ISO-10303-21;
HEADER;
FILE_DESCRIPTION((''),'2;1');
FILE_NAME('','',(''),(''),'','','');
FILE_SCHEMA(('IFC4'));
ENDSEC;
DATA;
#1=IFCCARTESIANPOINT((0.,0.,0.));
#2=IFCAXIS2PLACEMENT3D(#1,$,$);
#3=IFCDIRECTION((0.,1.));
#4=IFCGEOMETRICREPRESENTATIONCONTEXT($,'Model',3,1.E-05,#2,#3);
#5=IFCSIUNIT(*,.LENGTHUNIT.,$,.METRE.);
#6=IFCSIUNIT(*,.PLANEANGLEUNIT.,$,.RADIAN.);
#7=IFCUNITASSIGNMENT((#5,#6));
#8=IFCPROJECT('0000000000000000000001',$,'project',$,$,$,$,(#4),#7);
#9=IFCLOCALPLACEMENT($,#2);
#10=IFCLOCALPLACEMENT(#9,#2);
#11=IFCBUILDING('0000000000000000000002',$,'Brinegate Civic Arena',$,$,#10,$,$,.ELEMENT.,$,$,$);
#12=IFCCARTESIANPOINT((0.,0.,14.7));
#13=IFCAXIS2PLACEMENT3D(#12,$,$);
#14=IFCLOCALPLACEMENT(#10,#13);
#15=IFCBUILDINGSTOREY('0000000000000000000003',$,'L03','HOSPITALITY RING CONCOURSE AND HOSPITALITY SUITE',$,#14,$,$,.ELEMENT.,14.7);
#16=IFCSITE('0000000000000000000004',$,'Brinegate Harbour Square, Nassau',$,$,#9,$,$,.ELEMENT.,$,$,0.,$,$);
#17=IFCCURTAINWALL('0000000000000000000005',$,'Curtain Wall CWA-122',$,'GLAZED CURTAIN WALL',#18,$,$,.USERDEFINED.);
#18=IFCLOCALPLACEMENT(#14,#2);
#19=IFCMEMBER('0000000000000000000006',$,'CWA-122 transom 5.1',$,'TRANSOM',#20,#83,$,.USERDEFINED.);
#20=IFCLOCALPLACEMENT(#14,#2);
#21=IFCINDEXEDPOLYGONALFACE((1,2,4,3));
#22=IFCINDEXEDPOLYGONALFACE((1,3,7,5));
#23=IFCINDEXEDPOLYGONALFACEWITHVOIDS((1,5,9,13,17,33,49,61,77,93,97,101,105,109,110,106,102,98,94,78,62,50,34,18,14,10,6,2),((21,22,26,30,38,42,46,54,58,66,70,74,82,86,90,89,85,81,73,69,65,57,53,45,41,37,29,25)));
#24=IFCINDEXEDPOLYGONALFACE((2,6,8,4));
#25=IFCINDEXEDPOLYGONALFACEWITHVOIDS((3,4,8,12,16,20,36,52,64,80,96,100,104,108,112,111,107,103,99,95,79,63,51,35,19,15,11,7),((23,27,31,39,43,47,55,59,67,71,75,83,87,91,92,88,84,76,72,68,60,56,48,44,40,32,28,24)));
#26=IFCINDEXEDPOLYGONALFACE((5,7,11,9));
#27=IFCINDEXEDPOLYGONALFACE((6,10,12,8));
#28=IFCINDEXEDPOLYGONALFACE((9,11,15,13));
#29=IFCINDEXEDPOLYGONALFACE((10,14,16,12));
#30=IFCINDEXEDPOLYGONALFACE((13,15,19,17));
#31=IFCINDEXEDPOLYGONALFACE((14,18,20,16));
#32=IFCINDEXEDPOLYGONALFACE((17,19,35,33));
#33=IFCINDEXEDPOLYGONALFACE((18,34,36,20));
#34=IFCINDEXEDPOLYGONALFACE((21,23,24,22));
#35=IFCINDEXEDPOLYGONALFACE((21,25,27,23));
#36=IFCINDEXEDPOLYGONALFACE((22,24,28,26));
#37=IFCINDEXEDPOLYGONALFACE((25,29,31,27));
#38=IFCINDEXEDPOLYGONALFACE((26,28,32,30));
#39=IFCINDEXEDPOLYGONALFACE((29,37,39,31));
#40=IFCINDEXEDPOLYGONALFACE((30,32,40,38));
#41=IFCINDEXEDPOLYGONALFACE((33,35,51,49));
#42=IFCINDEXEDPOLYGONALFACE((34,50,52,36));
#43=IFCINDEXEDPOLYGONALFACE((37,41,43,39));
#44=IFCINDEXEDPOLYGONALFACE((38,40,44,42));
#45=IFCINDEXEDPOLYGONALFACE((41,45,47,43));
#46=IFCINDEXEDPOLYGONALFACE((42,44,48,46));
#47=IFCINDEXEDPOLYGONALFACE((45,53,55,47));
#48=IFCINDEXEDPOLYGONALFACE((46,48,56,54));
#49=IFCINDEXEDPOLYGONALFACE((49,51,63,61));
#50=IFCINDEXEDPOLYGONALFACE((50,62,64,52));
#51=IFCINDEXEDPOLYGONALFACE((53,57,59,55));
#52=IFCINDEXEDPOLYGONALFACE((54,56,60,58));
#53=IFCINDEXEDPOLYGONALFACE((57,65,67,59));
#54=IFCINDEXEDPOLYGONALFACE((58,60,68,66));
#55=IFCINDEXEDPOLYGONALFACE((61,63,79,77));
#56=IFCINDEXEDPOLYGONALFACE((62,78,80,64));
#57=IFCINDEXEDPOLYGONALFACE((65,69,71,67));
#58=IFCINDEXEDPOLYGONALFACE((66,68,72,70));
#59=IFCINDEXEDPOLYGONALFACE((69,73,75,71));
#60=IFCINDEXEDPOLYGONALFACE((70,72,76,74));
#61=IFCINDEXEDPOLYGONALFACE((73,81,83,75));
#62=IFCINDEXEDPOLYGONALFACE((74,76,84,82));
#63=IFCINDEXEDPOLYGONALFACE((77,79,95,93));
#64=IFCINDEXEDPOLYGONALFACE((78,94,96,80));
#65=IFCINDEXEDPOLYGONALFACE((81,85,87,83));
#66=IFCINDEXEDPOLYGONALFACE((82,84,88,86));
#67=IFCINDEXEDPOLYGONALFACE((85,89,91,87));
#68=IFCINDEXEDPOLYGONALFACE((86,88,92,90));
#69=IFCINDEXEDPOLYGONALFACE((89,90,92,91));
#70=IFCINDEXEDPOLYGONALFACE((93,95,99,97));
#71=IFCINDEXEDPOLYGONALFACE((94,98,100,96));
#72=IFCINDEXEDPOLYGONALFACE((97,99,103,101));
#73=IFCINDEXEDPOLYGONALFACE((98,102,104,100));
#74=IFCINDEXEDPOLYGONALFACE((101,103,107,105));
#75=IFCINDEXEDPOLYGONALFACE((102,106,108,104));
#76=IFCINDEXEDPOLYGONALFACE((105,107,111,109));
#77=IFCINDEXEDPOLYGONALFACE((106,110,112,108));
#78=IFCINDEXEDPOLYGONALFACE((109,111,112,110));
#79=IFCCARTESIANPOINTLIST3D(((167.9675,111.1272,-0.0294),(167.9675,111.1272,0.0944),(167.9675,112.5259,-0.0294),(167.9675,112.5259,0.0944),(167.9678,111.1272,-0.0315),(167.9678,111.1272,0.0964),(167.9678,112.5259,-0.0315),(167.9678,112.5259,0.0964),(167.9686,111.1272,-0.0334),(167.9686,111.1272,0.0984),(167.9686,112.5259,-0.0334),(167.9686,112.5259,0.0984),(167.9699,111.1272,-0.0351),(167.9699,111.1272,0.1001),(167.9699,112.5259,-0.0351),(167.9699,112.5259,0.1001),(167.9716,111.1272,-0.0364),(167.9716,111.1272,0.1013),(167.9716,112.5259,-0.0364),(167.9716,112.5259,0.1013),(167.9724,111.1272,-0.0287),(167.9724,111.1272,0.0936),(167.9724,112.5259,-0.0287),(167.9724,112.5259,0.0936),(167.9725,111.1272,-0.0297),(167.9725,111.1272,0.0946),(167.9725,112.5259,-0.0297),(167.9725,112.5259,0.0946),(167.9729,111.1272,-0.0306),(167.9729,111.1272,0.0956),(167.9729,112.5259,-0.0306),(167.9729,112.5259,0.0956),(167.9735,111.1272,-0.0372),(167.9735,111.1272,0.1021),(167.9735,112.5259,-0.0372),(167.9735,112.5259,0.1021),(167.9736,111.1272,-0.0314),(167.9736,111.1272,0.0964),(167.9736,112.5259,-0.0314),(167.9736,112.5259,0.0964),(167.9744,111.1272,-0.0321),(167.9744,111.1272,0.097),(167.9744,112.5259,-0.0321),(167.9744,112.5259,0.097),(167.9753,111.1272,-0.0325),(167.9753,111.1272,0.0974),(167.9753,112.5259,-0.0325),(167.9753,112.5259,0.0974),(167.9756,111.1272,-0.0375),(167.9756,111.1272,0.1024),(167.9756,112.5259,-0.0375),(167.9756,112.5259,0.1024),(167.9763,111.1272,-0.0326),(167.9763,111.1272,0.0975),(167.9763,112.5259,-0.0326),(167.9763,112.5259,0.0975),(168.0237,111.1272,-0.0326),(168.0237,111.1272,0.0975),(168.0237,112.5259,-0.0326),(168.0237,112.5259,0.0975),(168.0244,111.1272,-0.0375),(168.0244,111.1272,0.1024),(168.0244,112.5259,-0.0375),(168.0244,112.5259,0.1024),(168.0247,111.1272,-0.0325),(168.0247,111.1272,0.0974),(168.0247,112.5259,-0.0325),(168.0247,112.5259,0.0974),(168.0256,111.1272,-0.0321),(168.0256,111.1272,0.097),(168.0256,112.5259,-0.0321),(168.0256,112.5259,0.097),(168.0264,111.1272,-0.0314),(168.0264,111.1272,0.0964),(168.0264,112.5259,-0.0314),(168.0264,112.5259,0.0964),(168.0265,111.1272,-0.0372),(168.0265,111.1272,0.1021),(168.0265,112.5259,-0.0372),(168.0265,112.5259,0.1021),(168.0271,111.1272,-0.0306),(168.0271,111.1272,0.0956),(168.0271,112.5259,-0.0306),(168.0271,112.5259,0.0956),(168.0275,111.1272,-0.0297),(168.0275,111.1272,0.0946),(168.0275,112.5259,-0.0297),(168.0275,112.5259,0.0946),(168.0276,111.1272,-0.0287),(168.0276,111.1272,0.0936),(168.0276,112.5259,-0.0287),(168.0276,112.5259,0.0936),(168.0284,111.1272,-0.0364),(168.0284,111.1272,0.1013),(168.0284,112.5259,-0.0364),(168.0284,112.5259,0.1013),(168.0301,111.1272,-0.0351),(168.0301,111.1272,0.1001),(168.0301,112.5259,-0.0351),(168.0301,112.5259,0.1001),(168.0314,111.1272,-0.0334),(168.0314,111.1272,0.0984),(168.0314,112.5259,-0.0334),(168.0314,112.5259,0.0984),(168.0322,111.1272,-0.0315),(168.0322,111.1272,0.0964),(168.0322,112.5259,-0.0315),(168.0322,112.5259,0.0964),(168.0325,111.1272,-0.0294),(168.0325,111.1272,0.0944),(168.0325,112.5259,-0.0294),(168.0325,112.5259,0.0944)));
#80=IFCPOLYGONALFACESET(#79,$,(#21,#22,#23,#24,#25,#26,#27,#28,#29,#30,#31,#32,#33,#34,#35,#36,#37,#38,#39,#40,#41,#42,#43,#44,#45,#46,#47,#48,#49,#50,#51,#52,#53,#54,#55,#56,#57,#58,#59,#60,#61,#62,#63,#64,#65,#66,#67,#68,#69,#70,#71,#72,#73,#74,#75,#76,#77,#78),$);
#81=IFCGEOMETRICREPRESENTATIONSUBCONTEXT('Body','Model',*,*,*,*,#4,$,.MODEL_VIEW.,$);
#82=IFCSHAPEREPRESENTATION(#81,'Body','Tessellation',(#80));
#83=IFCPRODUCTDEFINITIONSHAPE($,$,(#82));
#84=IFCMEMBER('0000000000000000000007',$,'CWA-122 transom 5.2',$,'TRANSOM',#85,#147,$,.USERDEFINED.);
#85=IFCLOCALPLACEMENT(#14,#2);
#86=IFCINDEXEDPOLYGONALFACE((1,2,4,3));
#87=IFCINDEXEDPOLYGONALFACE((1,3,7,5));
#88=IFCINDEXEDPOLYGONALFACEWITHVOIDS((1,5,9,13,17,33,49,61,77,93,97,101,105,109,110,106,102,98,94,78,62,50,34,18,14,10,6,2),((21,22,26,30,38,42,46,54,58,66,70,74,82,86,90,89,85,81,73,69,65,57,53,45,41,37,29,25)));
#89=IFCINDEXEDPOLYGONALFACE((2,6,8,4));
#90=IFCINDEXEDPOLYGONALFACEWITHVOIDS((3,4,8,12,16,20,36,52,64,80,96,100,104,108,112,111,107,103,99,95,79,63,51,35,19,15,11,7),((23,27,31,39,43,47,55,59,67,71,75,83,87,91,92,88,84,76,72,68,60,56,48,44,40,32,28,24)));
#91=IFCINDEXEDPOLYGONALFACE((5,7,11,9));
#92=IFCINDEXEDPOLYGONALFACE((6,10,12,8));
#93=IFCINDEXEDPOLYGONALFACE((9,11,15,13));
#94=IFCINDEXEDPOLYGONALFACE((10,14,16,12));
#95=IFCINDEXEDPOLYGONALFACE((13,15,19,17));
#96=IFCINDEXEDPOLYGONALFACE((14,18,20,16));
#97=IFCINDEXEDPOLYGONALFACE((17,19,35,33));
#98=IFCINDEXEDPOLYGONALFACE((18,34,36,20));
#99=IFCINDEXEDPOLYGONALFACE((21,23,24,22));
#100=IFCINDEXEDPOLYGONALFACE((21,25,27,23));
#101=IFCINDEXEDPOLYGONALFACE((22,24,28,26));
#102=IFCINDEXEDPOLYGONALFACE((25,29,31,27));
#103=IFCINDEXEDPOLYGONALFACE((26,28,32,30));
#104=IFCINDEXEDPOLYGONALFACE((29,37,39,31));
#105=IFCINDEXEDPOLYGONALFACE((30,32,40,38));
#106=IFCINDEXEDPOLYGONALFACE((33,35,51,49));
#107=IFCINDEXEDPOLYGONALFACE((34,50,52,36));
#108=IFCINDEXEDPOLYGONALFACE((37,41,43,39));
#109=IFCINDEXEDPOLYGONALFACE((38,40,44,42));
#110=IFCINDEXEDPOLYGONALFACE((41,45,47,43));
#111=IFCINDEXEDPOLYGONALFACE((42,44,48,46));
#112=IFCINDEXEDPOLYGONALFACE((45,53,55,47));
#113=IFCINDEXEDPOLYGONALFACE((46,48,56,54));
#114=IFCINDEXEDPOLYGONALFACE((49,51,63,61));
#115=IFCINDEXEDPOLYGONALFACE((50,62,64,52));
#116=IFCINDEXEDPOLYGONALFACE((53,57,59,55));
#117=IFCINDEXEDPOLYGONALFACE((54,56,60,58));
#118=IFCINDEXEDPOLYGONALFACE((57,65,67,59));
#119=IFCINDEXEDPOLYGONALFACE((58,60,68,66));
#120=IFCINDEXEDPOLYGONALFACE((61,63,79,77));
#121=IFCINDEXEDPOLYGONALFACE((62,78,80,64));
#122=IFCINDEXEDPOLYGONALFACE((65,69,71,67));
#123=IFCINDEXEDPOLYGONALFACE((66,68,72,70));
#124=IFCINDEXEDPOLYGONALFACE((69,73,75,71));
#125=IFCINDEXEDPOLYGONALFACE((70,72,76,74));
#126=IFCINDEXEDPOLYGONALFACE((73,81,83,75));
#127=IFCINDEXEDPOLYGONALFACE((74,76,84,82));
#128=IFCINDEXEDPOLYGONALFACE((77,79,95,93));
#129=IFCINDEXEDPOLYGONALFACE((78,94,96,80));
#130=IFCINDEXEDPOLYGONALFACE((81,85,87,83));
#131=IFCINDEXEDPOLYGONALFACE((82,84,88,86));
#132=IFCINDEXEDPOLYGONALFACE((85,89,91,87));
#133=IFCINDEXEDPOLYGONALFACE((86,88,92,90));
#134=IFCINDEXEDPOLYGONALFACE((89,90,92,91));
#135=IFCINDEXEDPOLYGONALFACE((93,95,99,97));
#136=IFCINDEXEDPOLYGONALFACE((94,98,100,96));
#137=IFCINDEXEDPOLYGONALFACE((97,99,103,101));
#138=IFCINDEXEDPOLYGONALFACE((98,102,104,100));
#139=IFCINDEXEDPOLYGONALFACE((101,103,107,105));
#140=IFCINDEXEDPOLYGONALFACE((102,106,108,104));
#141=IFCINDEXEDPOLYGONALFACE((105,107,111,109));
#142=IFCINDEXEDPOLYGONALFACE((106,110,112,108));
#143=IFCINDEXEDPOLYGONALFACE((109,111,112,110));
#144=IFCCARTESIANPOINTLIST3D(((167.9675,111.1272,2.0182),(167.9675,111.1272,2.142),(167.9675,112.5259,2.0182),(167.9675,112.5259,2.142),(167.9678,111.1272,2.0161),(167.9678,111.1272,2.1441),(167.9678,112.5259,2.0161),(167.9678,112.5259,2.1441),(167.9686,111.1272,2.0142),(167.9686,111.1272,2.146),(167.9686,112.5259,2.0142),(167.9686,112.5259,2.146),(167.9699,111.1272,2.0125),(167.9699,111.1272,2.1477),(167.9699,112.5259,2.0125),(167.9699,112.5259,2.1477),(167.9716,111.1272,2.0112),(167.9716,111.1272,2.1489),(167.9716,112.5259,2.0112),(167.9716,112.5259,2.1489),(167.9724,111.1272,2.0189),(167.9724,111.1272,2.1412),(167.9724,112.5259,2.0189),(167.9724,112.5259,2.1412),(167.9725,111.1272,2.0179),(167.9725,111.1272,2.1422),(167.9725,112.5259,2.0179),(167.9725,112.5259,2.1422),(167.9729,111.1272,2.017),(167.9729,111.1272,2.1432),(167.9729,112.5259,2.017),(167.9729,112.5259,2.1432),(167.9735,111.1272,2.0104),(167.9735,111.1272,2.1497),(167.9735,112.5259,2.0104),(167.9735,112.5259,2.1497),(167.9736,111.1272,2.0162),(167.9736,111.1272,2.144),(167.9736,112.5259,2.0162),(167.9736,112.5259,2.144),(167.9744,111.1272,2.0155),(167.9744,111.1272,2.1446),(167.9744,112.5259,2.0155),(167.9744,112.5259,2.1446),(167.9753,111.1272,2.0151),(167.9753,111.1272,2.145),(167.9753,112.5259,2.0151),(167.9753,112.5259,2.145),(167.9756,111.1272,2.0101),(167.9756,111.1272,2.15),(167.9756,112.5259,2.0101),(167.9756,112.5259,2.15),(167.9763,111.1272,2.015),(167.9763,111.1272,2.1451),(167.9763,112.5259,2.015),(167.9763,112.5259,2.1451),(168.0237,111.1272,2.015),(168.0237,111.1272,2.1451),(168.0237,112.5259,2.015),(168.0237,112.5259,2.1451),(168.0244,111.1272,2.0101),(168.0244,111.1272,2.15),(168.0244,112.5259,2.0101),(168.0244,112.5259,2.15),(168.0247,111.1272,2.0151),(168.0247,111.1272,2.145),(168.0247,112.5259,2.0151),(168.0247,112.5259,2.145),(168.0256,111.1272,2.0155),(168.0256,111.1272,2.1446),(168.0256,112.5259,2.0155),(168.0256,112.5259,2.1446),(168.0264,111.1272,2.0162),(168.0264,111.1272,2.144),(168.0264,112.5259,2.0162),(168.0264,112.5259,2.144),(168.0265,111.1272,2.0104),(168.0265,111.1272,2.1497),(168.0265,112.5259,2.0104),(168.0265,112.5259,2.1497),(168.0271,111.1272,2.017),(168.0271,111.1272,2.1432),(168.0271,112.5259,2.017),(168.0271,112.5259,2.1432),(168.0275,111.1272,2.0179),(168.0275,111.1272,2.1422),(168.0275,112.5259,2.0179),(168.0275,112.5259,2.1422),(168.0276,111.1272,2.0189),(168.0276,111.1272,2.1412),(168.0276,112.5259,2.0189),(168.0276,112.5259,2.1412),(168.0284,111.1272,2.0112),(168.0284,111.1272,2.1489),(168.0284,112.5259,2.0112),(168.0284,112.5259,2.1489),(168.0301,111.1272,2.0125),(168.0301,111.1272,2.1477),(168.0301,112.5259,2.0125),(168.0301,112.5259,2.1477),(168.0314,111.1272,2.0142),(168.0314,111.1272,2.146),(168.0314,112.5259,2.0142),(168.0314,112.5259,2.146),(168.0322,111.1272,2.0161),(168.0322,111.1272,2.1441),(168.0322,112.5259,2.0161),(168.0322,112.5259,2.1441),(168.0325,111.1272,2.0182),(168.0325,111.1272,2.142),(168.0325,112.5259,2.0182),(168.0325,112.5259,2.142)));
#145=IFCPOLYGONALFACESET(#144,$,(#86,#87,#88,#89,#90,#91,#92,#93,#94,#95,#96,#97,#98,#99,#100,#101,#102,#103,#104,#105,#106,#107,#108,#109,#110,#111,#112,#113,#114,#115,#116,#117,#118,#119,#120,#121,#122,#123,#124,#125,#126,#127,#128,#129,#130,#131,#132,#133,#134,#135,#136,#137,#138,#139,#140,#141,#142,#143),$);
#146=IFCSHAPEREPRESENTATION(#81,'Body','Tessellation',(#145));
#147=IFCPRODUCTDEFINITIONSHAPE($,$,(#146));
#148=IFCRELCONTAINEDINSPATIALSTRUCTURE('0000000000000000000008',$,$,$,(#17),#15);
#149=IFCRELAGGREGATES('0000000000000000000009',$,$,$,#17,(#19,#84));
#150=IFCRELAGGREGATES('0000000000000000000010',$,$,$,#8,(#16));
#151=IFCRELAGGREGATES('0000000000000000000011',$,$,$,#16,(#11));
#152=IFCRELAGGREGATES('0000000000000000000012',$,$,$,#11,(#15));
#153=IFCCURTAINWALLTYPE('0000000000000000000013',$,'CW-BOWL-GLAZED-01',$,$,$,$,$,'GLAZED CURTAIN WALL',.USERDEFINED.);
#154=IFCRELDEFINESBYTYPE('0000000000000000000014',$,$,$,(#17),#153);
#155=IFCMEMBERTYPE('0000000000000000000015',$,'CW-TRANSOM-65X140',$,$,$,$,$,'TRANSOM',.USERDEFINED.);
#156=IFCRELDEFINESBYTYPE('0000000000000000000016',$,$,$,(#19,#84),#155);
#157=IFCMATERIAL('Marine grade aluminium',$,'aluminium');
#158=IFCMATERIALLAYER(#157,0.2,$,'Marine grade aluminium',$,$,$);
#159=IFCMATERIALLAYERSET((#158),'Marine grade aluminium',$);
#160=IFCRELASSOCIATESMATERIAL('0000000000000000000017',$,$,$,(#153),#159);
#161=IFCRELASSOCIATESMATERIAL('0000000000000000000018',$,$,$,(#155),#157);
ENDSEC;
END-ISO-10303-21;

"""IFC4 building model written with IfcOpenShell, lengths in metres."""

from ifc_helpers import new_model, si_unit, direction, frame, origin, origin_2d, place, context, subcontext, project, spatial, hollow_rectangle, extrude, material, layer, layer_set, material_profile, profile_set, type_object, element, aggregate, save


model = new_model("IFC4")

# Units and contexts
model_context = context("Model", 3, precision=1e-05, world=origin(), true_north=direction((0.0, 1.0)))
body_context = subcontext(model_context, "Body", "Model", "MODEL_VIEW")
ifc_project = project(units=[si_unit("LENGTHUNIT", "METRE"), si_unit("PLANEANGLEUNIT", "RADIAN")], contexts=[model_context])

# Site, building, storey
site_placement = place(None, origin())
site = spatial("IfcSite", under=ifc_project, at=site_placement, Name="Brinegate Harbour Square, Nassau", CompositionType="ELEMENT", RefElevation=0.0)
building_placement = place(site_placement, origin())
building = spatial("IfcBuilding", under=site, at=building_placement, Name="Brinegate Civic Arena", CompositionType="ELEMENT")
storey_placement = place(building_placement, frame((0.0, 0.0, 14.7)))
storey = spatial("IfcBuildingStorey", under=building, at=storey_placement, Name="L03", Description="HOSPITALITY RING CONCOURSE AND HOSPITALITY SUITE", CompositionType="ELEMENT", Elevation=14.7)

# Curtain wall, members
ifc_material_1 = material(Name="Marine grade aluminium", Category="aluminium")
ifc_layer_1 = layer(ifc_material_1, 0.2, Name="Marine grade aluminium")
ifc_layer_set_1 = layer_set([ifc_layer_1], Name="Marine grade aluminium")
curtain_wall_type = type_object("IfcCurtainWallType", Name="CW-BOWL-GLAZED-01", ElementType="GLAZED CURTAIN WALL", PredefinedType="USERDEFINED", material=ifc_layer_set_1)
curtain_wall_placement = place(storey_placement, origin())
curtain_wall = element("IfcCurtainWall", 1, at=curtain_wall_placement, inside=storey, type_object=curtain_wall_type, Name="Curtain Wall CWA-122", ObjectType="GLAZED CURTAIN WALL", PredefinedType="USERDEFINED")
ifc_material_profile_1 = material_profile(ifc_material_1, hollow_rectangle(XDim=0.0649, YDim=0.1399, WallThickness=0.0049, InnerFilletRadius=0.0039, OuterFilletRadius=0.0081, at=origin_2d()), Name="TRN65X140")
ifc_profile_set_1 = profile_set([ifc_material_profile_1], Name="Marine grade aluminium")
member_type_1 = type_object("IfcMemberType", Name="CW-TRANSOM-65X140", ElementType="TRANSOM", PredefinedType="USERDEFINED", material=ifc_profile_set_1)
member_1_placement = place(storey_placement, frame((168.0, 111.1272, 0.0325), z_axis=(0.0, 1.0, 0.0), x_axis=(-1.0, 0.0, 0.0)))
member_1 = element("IfcMember", 2, at=member_1_placement, type_object=member_type_1, Name="CWA-122 transom 5.1", ObjectType="TRANSOM", PredefinedType="USERDEFINED", context=body_context, shape_type="SweptSolid", body=[
    extrude(hollow_rectangle(XDim=0.0649, YDim=0.1399, WallThickness=0.0049, InnerFilletRadius=0.0039, OuterFilletRadius=0.0081, at=origin_2d()), origin(), (0.0, 0.0, 1.0), 1.3987),
])
member_2_placement = place(storey_placement, frame((168.0, 111.1272, 2.0801), z_axis=(0.0, 1.0, 0.0), x_axis=(-1.0, 0.0, 0.0)))
member_2 = element("IfcMember", 3, at=member_2_placement, type_object=member_type_1, Name="CWA-122 transom 5.2", ObjectType="TRANSOM", PredefinedType="USERDEFINED", context=body_context, shape_type="SweptSolid", body=[
    extrude(hollow_rectangle(XDim=0.0649, YDim=0.1399, WallThickness=0.0049, InnerFilletRadius=0.0039, OuterFilletRadius=0.0081, at=origin_2d()), origin(), (0.0, 0.0, 1.0), 1.3987),
])
aggregate(curtain_wall, [member_1, member_2])

save(model, "model.ifc")
